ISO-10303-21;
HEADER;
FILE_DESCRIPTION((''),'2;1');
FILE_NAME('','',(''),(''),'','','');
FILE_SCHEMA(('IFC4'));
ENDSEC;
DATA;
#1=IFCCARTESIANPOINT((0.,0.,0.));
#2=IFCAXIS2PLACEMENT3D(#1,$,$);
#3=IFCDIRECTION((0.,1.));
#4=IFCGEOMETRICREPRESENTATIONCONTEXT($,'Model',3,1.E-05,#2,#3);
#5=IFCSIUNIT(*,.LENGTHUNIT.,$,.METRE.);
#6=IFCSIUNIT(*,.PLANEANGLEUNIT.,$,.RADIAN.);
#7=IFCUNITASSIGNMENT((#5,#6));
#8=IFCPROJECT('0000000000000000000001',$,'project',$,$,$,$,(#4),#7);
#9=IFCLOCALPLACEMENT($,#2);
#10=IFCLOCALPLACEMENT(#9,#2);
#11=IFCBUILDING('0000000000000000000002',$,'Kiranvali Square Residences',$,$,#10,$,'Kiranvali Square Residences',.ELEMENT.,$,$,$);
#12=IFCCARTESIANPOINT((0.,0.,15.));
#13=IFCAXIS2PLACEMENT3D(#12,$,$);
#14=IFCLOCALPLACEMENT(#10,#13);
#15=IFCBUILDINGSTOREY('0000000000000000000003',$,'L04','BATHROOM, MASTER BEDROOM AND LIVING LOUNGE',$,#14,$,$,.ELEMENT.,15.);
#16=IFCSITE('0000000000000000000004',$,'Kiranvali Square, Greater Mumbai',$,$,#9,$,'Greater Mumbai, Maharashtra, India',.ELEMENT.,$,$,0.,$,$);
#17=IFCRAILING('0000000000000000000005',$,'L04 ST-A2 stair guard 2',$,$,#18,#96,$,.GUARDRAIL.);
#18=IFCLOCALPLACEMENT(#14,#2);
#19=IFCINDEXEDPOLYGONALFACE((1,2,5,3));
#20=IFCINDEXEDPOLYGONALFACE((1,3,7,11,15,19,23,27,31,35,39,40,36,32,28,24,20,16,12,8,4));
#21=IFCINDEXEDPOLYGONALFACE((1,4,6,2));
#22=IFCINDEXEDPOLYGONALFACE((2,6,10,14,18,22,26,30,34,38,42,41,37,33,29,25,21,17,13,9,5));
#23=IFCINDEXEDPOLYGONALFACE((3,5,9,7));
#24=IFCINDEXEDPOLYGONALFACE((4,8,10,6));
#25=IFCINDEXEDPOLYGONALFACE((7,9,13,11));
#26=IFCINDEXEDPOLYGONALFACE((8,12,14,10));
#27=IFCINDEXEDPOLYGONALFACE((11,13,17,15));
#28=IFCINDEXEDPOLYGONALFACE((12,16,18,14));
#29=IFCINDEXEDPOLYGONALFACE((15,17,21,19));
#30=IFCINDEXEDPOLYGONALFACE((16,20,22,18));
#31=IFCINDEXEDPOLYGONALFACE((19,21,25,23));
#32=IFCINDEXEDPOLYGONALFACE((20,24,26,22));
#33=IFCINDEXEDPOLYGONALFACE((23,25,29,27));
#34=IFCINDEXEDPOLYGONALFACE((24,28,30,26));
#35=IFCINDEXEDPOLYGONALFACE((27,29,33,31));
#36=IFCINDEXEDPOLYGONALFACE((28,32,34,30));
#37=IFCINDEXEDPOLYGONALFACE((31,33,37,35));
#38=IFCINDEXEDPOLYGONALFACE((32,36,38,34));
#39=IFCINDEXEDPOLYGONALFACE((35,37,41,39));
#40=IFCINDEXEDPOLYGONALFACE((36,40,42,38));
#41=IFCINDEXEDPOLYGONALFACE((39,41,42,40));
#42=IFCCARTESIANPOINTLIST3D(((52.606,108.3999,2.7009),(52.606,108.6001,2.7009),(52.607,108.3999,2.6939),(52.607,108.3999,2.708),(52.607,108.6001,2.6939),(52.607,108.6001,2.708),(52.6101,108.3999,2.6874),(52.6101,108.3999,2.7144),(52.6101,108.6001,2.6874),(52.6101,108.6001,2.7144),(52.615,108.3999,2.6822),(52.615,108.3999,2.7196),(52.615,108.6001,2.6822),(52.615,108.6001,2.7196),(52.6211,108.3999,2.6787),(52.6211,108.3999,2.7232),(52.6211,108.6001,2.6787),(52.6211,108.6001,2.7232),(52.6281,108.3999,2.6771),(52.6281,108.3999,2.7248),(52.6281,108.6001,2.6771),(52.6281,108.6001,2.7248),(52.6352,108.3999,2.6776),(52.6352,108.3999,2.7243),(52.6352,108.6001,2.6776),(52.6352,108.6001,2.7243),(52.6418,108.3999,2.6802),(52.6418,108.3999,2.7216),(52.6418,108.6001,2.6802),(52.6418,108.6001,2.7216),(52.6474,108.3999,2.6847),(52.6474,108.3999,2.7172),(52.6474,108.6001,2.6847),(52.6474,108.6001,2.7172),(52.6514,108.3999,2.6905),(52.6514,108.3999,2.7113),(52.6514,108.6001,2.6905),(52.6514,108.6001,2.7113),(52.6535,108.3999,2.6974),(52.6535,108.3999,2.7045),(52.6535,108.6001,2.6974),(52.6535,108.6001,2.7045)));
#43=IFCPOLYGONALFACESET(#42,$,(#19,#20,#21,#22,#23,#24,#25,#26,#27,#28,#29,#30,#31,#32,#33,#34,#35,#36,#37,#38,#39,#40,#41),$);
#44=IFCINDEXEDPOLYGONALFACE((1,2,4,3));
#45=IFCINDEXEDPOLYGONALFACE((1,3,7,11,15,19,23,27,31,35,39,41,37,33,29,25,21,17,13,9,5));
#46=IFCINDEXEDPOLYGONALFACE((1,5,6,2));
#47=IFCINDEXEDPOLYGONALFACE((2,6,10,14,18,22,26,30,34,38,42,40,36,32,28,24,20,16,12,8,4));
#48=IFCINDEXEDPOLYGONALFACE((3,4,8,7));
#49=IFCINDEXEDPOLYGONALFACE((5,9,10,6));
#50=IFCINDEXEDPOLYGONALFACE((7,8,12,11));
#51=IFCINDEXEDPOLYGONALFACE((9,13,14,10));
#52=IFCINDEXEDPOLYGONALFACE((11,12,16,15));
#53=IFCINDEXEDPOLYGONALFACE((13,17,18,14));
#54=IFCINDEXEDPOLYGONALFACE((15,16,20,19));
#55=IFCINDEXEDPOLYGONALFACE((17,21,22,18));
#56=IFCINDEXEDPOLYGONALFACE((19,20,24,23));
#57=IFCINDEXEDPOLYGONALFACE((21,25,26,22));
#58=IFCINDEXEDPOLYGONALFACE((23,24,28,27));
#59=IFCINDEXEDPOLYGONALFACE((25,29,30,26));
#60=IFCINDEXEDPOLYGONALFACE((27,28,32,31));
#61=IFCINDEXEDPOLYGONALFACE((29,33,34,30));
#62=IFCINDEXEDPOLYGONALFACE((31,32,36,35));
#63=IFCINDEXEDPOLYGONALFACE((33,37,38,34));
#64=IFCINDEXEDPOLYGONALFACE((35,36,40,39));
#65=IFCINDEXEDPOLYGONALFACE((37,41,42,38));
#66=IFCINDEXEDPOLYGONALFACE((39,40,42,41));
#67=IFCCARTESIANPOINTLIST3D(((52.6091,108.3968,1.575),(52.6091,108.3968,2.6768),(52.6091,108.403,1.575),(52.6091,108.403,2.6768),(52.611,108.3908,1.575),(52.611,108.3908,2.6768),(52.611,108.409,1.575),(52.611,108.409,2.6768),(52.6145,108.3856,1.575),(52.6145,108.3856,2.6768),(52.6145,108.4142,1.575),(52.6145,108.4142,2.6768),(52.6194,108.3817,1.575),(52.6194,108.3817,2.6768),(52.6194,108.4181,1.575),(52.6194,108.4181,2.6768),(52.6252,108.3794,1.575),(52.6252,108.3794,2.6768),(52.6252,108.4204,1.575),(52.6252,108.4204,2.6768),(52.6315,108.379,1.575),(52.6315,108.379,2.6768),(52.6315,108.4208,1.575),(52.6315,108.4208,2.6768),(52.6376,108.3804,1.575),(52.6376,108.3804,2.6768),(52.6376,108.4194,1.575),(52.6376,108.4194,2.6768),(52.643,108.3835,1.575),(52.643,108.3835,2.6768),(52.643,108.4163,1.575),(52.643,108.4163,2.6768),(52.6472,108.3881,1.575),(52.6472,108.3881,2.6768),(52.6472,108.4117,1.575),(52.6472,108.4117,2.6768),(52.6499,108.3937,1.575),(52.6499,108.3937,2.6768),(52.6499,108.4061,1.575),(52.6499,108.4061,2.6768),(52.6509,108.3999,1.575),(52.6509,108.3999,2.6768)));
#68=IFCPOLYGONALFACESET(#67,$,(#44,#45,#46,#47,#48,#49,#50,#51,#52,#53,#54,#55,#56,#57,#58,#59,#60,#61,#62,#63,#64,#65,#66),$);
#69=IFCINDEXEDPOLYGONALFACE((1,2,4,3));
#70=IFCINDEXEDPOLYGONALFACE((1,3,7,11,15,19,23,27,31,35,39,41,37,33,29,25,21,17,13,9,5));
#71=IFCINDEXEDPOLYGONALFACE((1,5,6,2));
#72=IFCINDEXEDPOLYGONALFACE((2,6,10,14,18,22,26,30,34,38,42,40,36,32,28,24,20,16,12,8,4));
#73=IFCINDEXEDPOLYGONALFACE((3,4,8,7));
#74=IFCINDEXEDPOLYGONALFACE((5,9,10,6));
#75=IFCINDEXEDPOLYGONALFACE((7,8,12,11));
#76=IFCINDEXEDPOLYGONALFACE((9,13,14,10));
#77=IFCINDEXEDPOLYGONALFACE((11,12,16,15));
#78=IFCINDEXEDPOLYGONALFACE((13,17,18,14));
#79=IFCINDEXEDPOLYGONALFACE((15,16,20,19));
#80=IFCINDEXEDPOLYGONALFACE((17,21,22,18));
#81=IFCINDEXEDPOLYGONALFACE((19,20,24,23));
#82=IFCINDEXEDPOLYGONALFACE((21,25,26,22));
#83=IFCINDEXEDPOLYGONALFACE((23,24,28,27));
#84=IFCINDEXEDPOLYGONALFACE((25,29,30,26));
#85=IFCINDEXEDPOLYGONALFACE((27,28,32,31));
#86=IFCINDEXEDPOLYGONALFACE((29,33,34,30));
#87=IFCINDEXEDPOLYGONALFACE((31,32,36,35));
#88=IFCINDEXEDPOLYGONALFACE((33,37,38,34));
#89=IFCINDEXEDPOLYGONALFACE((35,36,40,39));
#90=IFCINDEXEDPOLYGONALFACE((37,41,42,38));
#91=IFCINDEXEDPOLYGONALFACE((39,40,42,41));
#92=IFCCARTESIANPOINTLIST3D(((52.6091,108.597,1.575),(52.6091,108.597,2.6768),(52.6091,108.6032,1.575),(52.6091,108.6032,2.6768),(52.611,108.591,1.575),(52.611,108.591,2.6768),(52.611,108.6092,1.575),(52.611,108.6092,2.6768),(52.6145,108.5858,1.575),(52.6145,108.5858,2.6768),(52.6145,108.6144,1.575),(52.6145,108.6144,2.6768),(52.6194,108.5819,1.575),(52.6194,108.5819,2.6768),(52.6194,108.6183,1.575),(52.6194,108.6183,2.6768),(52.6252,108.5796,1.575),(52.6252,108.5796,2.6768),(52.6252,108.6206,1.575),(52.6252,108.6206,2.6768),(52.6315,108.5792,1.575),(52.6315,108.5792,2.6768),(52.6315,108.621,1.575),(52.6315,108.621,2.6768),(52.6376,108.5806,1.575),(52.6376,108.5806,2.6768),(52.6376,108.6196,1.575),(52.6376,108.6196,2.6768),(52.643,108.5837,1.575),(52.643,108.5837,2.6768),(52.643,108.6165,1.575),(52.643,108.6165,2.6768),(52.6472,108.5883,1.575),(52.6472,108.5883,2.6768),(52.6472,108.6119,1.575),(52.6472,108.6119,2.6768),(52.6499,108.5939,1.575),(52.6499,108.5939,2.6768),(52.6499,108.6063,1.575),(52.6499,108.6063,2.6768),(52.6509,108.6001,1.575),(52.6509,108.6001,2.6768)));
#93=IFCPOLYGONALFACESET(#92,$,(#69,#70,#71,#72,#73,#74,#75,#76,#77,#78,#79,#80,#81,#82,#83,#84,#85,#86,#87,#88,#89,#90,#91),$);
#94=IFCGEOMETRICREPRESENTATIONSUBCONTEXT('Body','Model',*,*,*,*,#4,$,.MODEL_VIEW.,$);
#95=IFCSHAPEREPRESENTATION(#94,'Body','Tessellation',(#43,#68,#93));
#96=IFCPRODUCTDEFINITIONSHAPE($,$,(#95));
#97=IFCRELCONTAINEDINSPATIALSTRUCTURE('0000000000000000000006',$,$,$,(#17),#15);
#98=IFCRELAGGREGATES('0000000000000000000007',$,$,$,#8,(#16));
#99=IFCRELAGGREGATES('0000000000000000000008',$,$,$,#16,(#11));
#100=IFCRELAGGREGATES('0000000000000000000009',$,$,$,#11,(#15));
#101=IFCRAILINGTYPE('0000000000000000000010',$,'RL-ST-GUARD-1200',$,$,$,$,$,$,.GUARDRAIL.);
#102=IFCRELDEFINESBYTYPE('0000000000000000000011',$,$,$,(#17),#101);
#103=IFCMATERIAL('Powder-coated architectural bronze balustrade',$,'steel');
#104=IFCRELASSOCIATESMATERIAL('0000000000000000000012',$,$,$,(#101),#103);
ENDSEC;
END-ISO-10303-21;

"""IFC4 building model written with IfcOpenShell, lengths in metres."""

from ifc_helpers import new_model, si_unit, direction, frame, origin, origin_2d, place, context, subcontext, project, spatial, circle, extrude, material, type_object, element, save


model = new_model("IFC4")

# Units and contexts
model_context = context("Model", 3, precision=1e-05, world=origin(), true_north=direction((0.0, 1.0)))
body_context = subcontext(model_context, "Body", "Model", "MODEL_VIEW")
ifc_project = project(units=[si_unit("LENGTHUNIT", "METRE"), si_unit("PLANEANGLEUNIT", "RADIAN")], contexts=[model_context])

# Site, building, storey
site_placement = place(None, origin())
site = spatial("IfcSite", under=ifc_project, at=site_placement, Name="Kiranvali Square, Greater Mumbai", LongName="Greater Mumbai, Maharashtra, India", CompositionType="ELEMENT", RefElevation=0.0)
building_placement = place(site_placement, origin())
building = spatial("IfcBuilding", under=site, at=building_placement, Name="Kiranvali Square Residences", LongName="Kiranvali Square Residences", CompositionType="ELEMENT")
storey_placement = place(building_placement, frame((0.0, 0.0, 15.0)))
storey = spatial("IfcBuildingStorey", under=building, at=storey_placement, Name="L04", Description="BATHROOM, MASTER BEDROOM AND LIVING LOUNGE", CompositionType="ELEMENT", Elevation=15.0)

# Railing
ifc_material_1 = material(Name="Powder-coated architectural bronze balustrade", Category="steel")
railing_type_1 = type_object("IfcRailingType", Name="RL-ST-GUARD-1200", PredefinedType="GUARDRAIL", material=ifc_material_1)
railing_1_placement = place(storey_placement, frame((52.6299, 108.3999, 1.575)))
element("IfcRailing", 1, at=railing_1_placement, inside=storey, type_object=railing_type_1, Name="L04 ST-A2 stair guard 2", PredefinedType="GUARDRAIL", context=body_context, shape_type="SweptSolid", body=[
    extrude(circle(Radius=0.0239, at=origin_2d()), frame((0.0, 0.0, 1.126), z_axis=(0.0, 1.0, 0.0), x_axis=(-1.0, 0.0, 0.0)), (0.0, 0.0, 1.0), 0.2002),
    extrude(circle(Radius=0.021, at=origin_2d()), origin(), (0.0, 0.0, 1.0), 1.1018),
    extrude(circle(Radius=0.021, at=origin_2d()), frame((0.0, 0.2002, 0.0)), (0.0, 0.0, 1.0), 1.1018),
])

save(model, "model.ifc")
